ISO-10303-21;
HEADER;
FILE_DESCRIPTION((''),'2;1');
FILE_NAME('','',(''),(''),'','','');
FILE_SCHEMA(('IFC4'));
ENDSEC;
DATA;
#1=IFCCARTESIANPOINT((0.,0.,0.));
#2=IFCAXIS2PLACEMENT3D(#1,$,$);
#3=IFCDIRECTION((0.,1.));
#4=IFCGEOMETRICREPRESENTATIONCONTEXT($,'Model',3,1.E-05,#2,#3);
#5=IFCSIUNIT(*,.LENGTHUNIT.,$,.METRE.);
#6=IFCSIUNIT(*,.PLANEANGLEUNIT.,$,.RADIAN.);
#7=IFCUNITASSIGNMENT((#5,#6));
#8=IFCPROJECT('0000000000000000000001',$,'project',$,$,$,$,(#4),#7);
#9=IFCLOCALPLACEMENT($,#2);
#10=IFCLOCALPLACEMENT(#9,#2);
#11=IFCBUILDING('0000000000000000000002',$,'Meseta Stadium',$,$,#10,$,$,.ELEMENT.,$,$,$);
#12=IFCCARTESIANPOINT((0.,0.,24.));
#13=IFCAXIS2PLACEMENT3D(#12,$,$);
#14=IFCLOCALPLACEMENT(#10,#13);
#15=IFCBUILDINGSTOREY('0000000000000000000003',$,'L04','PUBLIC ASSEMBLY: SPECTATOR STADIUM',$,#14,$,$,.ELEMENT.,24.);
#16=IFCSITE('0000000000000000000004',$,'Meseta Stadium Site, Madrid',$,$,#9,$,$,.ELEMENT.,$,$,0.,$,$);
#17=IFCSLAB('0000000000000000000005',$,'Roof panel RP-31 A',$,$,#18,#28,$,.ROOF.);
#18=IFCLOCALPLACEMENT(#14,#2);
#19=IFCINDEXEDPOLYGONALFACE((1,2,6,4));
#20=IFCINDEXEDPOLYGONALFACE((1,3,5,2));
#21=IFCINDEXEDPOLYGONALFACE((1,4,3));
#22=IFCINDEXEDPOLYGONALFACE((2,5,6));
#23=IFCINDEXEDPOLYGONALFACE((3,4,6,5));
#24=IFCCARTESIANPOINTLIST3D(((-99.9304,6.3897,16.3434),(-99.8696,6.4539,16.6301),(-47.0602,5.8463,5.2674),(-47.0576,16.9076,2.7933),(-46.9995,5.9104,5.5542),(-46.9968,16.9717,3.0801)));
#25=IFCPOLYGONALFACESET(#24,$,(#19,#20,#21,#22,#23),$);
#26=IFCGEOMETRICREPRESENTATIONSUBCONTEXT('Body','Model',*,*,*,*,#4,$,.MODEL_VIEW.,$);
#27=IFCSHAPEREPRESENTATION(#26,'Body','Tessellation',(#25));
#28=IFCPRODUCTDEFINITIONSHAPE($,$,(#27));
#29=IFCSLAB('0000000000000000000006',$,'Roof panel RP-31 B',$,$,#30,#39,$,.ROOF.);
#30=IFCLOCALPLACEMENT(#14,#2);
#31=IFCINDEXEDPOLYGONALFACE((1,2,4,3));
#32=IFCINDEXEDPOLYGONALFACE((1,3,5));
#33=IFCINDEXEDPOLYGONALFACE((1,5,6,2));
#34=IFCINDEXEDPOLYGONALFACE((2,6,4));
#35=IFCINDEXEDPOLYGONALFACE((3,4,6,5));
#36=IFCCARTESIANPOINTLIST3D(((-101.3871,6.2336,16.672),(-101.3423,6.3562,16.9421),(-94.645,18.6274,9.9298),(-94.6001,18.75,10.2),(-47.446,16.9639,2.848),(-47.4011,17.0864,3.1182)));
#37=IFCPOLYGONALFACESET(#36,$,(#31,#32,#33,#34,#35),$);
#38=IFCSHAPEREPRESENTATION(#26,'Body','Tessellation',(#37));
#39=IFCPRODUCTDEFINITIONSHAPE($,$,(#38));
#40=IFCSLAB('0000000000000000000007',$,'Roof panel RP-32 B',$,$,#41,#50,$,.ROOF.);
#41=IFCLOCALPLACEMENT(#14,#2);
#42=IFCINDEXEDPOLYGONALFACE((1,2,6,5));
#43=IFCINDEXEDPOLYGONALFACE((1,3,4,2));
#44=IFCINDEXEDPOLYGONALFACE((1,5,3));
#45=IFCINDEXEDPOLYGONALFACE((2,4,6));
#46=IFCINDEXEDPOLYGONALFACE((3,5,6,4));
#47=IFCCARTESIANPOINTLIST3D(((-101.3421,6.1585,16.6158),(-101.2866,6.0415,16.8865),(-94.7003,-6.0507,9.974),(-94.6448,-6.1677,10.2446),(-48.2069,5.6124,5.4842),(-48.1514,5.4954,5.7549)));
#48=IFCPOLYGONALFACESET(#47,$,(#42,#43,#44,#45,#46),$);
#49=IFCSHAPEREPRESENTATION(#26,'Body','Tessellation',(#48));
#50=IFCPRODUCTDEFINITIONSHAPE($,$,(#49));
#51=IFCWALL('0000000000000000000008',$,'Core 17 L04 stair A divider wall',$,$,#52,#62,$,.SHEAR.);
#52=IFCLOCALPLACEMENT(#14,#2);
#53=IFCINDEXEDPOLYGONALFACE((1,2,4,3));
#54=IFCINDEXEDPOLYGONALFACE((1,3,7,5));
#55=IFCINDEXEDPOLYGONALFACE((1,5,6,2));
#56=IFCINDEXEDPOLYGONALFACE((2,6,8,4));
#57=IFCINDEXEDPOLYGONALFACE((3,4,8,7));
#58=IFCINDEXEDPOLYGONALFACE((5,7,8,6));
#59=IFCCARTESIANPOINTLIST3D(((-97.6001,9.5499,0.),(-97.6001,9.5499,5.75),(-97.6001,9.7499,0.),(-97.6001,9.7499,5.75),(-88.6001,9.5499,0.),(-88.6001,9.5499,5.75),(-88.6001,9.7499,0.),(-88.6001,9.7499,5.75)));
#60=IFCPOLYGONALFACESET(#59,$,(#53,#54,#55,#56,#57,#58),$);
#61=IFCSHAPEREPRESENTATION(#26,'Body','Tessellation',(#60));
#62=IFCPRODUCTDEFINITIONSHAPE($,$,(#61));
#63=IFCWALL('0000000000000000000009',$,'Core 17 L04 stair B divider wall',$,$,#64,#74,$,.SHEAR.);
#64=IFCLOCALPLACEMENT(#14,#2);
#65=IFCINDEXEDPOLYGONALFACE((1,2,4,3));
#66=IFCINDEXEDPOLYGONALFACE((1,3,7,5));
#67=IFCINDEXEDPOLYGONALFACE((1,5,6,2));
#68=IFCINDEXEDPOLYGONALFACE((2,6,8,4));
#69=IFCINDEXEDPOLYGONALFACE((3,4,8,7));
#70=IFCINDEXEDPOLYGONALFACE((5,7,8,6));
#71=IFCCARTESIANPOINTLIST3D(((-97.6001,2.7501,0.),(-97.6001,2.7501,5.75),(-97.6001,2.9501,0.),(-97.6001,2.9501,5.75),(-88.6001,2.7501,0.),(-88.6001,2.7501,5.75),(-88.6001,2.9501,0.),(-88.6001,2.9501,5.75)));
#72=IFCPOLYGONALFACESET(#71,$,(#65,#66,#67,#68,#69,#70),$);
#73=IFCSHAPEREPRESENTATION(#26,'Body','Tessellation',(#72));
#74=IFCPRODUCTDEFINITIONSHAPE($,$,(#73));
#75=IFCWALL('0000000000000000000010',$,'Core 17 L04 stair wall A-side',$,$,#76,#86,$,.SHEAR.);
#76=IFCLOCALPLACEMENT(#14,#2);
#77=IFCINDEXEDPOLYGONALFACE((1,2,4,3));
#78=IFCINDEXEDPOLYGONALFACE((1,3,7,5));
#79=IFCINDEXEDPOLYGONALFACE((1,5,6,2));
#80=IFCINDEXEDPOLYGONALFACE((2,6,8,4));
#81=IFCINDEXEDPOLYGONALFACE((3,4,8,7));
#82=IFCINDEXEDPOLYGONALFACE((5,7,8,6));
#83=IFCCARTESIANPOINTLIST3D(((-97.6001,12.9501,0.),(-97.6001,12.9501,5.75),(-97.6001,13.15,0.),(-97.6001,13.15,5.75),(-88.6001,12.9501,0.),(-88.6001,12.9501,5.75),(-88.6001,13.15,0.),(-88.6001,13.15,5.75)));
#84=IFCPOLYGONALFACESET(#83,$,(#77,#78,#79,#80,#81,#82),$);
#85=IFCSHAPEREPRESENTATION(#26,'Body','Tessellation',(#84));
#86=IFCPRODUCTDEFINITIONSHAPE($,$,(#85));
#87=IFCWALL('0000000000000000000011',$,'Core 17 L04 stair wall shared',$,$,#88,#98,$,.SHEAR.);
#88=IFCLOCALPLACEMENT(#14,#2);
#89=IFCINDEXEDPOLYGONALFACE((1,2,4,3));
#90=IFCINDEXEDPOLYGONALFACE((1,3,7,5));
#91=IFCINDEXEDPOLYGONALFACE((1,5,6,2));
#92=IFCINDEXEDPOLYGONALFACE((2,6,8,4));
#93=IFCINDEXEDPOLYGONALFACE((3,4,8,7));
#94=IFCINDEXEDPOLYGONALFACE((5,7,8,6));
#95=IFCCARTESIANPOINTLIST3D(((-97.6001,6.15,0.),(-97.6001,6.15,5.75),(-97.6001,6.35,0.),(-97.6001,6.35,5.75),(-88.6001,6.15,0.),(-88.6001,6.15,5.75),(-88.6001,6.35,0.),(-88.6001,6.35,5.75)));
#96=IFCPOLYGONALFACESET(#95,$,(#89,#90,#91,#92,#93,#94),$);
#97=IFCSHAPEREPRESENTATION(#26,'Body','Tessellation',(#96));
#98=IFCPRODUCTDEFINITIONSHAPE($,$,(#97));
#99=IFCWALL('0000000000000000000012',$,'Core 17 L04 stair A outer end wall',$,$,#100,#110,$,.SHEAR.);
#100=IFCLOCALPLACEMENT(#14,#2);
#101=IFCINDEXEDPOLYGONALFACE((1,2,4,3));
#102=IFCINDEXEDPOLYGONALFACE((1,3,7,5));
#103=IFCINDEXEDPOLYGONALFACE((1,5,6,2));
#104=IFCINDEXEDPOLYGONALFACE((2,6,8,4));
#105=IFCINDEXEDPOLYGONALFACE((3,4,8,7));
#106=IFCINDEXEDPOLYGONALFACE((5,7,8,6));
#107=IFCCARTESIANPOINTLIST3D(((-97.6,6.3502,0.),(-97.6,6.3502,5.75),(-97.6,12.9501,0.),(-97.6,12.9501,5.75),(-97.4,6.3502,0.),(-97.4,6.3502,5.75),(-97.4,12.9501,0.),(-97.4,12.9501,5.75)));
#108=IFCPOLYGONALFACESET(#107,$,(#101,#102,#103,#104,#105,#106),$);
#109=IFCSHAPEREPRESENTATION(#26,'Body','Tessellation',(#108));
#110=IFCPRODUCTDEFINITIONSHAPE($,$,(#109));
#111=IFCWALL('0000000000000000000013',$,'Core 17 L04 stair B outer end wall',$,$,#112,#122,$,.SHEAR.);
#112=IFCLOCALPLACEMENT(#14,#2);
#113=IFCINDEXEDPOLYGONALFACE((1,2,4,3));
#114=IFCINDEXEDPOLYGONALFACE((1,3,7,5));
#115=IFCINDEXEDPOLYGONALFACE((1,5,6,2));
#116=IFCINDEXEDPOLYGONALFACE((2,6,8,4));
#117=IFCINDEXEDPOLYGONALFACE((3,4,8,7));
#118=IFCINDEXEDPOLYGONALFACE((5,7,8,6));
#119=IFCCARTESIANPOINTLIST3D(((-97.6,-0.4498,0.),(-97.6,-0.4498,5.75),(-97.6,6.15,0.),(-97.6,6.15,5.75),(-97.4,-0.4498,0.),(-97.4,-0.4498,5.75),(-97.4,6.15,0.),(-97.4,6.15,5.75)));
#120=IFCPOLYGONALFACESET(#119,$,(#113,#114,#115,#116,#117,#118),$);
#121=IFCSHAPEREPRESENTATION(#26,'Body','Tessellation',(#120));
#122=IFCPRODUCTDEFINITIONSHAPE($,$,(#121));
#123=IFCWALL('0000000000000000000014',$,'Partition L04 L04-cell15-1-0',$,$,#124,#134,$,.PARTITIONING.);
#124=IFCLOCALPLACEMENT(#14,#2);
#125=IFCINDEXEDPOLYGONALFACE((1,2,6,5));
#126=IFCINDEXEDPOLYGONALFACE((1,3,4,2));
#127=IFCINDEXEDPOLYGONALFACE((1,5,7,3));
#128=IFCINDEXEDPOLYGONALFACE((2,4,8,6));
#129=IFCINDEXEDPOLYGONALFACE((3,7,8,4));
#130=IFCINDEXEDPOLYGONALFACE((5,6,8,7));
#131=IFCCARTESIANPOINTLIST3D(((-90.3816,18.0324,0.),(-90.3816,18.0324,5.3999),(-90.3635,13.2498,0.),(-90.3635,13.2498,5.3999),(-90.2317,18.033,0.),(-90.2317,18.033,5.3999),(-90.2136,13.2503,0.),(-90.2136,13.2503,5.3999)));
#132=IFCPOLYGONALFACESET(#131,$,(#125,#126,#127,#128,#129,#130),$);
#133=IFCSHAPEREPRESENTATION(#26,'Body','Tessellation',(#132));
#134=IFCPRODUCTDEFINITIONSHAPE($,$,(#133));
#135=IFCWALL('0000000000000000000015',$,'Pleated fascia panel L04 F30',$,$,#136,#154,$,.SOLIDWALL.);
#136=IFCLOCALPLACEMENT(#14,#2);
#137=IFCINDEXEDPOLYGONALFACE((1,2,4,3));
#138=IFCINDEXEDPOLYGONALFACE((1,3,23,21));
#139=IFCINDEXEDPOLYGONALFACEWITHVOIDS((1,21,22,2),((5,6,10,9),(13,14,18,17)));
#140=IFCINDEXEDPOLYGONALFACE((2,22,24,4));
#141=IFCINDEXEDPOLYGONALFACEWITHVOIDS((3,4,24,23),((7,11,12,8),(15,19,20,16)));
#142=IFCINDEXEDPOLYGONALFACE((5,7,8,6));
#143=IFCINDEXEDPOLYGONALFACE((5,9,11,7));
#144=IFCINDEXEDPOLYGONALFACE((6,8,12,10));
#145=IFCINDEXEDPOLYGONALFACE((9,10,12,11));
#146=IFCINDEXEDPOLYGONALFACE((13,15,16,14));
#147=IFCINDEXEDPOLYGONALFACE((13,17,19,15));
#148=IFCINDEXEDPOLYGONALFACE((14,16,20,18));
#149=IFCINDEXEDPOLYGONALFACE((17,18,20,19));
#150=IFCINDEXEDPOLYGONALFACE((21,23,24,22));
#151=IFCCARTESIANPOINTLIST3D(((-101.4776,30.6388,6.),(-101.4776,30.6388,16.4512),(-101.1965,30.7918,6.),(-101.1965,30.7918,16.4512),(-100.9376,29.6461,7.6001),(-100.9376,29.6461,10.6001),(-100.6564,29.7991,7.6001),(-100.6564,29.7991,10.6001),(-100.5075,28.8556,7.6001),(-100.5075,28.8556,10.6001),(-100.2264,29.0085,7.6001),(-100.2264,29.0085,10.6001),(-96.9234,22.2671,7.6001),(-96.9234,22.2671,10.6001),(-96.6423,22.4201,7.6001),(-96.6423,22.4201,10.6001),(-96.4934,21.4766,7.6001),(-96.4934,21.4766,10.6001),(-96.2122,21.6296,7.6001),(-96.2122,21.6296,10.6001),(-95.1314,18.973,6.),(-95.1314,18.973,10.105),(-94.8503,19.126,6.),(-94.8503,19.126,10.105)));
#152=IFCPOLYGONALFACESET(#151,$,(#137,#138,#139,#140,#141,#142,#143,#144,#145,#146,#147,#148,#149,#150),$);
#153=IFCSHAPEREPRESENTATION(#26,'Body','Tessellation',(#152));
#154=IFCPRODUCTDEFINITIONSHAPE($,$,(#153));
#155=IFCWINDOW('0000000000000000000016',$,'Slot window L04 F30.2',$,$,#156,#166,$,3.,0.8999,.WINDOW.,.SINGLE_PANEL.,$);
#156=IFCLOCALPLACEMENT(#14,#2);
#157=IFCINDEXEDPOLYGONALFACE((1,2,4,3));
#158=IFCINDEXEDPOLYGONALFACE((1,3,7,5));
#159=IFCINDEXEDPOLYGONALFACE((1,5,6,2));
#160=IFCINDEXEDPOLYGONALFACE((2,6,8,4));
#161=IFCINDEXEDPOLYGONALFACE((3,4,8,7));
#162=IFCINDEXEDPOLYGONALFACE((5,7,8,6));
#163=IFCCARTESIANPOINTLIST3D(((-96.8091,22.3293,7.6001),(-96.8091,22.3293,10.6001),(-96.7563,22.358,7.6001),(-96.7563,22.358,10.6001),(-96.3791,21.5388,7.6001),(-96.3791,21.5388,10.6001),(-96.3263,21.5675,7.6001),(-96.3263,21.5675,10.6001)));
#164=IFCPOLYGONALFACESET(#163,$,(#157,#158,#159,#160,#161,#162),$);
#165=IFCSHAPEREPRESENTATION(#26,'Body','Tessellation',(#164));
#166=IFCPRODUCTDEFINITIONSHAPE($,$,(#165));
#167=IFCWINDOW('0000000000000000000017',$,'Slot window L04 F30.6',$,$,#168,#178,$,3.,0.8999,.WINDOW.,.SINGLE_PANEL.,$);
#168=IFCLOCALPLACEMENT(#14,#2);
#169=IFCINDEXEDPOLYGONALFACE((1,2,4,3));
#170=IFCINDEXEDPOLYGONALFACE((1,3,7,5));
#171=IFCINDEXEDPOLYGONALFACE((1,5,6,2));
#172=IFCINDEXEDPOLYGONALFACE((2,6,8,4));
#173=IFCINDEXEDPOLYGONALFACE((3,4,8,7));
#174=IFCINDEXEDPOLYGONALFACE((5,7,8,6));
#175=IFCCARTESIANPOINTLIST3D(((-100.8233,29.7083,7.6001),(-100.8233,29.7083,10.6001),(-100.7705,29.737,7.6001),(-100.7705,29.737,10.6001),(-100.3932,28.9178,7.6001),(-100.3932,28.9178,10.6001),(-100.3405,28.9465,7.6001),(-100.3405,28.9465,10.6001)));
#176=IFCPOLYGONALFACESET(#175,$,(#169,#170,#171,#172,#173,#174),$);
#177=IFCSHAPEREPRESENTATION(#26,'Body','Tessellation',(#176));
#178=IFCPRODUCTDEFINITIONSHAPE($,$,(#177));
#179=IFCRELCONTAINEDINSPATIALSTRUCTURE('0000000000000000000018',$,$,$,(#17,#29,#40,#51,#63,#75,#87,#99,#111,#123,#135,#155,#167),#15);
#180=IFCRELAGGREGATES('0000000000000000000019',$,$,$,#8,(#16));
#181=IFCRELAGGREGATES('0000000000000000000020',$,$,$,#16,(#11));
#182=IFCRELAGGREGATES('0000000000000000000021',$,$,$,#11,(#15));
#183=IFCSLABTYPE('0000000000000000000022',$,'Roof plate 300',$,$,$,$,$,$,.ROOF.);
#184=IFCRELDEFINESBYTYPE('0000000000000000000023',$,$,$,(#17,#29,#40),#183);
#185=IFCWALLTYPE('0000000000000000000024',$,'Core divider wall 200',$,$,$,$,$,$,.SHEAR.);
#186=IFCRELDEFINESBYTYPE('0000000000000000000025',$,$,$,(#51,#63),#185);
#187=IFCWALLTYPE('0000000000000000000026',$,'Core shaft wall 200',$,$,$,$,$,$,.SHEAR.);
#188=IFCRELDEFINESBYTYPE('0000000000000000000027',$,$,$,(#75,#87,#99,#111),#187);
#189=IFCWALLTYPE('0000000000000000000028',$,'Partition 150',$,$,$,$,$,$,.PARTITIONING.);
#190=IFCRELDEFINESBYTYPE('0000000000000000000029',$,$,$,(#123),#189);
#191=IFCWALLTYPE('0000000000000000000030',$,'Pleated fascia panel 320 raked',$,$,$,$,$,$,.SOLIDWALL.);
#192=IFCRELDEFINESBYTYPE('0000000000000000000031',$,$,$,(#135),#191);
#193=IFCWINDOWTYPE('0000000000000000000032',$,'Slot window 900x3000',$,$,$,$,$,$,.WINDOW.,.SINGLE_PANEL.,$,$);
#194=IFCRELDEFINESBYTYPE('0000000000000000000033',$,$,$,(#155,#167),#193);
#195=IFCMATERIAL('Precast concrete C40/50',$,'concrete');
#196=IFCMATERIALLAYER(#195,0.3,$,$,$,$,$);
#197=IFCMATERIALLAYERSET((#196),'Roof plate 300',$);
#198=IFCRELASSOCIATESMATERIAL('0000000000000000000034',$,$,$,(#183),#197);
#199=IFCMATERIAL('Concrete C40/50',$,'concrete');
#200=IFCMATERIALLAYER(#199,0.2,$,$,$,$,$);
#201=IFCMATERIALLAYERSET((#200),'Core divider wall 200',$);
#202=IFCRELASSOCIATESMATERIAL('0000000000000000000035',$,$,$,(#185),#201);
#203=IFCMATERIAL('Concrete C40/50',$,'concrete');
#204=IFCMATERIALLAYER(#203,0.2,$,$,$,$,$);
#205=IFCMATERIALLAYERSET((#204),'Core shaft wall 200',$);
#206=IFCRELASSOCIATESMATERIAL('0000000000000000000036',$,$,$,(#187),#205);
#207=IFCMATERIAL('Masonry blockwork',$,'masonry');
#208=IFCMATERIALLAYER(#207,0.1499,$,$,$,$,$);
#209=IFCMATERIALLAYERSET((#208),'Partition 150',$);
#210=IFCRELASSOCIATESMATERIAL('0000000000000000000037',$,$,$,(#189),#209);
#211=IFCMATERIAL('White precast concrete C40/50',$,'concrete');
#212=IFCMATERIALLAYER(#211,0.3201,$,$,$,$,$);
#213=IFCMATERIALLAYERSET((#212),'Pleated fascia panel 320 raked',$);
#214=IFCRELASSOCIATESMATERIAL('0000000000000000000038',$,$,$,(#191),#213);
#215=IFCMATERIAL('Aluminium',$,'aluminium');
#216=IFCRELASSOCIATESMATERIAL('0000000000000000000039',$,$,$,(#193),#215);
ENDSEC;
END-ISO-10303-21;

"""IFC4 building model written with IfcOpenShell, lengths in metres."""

from ifc_helpers import new_model, si_unit, direction, frame, frame_2d, origin, place, context, subcontext, project, spatial, polyline, rectangle, outline, extrude, material, layer, layer_set, type_object, element, fill, save


model = new_model("IFC4")

# Units and contexts
model_context = context("Model", 3, precision=1e-05, world=origin(), true_north=direction((0.0, 1.0)))
body_context = subcontext(model_context, "Body", "Model", "MODEL_VIEW")
ifc_project = project(units=[si_unit("LENGTHUNIT", "METRE"), si_unit("PLANEANGLEUNIT", "RADIAN")], contexts=[model_context])

# Site, building, storey
site_placement = place(None, origin())
site = spatial("IfcSite", under=ifc_project, at=site_placement, Name="Meseta Stadium Site, Madrid", CompositionType="ELEMENT", RefElevation=0.0)
building_placement = place(site_placement, origin())
building = spatial("IfcBuilding", under=site, at=building_placement, Name="Meseta Stadium", CompositionType="ELEMENT")
storey_placement = place(building_placement, frame((0.0, 0.0, 24.0)))
storey = spatial("IfcBuildingStorey", under=building, at=storey_placement, Name="L04", Description="PUBLIC ASSEMBLY: SPECTATOR STADIUM", CompositionType="ELEMENT", Elevation=24.0)

# Slabs
ifc_material_1 = material(Name="Precast concrete C40/50", Category="concrete")
ifc_layer_1 = layer(ifc_material_1, 0.3)
ifc_layer_set_1 = layer_set([ifc_layer_1], Name="Roof plate 300")
slab_type = type_object("IfcSlabType", Name="Roof plate 300", PredefinedType="ROOF", material=ifc_layer_set_1)
slab_1_placement = place(storey_placement, frame((-99.8696, 6.4539, 16.6301), z_axis=(0.202409, 0.213715, 0.955697), x_axis=(0.951196, 0.189218, -0.243769)))
element("IfcSlab", 1, at=slab_1_placement, inside=storey, type_object=slab_type, Name="Roof panel RP-31 A", PredefinedType="ROOF", context=body_context, shape_type="SweptSolid", body=[
    extrude(outline(polyline([(0.0, 0.0), (55.5856, 0.0), (52.887, -11.0087), (0.0, 0.0)])), origin(), (0.0, 0.0, -1.0), 0.3),
])
slab_2_placement = place(storey_placement, frame((-94.6001, 18.75, 10.2), z_axis=(0.1495, 0.408504, 0.90043), x_axis=(0.98833, -0.034835, -0.14829)))
element("IfcSlab", 2, at=slab_2_placement, inside=storey, type_object=slab_type, Name="Roof panel RP-31 B", PredefinedType="ROOF", context=body_context, shape_type="SweptSolid", body=[
    extrude(outline(polyline([(0.0, 0.0), (47.7563, 0.0), (-7.2316, -13.8645), (0.0, 0.0)])), origin(), (0.0, 0.0, -1.0), 0.3),
])
slab_3_placement = place(storey_placement, frame((-101.2866, 6.0415, 16.8865), z_axis=(0.184958, -0.39008, 0.902014), x_axis=(0.978703, -0.010059, -0.205034)))
element("IfcSlab", 3, at=slab_3_placement, inside=storey, type_object=slab_type, Name="Roof panel RP-32 B", PredefinedType="ROOF", context=body_context, shape_type="SweptSolid", body=[
    extrude(outline(polyline([(0.0, 0.0), (54.2915, 0.0), (7.985, -13.1732), (0.0, 0.0)])), origin(), (0.0, 0.0, -1.0), 0.3),
])

# Walls
ifc_material_2 = material(Name="Concrete C40/50", Category="concrete")
ifc_layer_2 = layer(ifc_material_2, 0.2)
ifc_layer_set_2 = layer_set([ifc_layer_2], Name="Core divider wall 200")
wall_type_1 = type_object("IfcWallType", Name="Core divider wall 200", PredefinedType="SHEAR", material=ifc_layer_set_2)
for number, where, z_axis, x_axis, name in (
    (4, (-97.6001, 9.6499, 0.0), (0.0, 0.0, 1.0), (1.0, 0.0, 0.0), "Core 17 L04 stair A divider wall"),
    (5, (-97.6001, 2.8501, 0.0), (0.0, 0.0, 1.0), (1.0, 0.0, 0.0), "Core 17 L04 stair B divider wall"),
):
    element("IfcWall", number, at=place(storey_placement, frame(where, z_axis=z_axis, x_axis=x_axis)), inside=storey, type_object=wall_type_1, Name=name, PredefinedType="SHEAR", context=body_context, shape_type="SweptSolid", body=[
        extrude(rectangle(XDim=9.0, YDim=0.2, at=frame_2d((4.5, 0.0))), origin(), (0.0, 0.0, 1.0), 5.75),
    ])
ifc_material_3 = material(Name="Concrete C40/50", Category="concrete")
ifc_layer_3 = layer(ifc_material_3, 0.2)
ifc_layer_set_3 = layer_set([ifc_layer_3], Name="Core shaft wall 200")
wall_type_2 = type_object("IfcWallType", Name="Core shaft wall 200", PredefinedType="SHEAR", material=ifc_layer_set_3)
for number, where, z_axis, x_axis, name in (
    (6, (-97.6001, 13.05, 0.0), (0.0, 0.0, 1.0), (1.0, 0.0, 0.0), "Core 17 L04 stair wall A-side"),
    (7, (-97.6001, 6.25, 0.0), (0.0, 0.0, 1.0), (1.0, 0.0, 0.0), "Core 17 L04 stair wall shared"),
):
    element("IfcWall", number, at=place(storey_placement, frame(where, z_axis=z_axis, x_axis=x_axis)), inside=storey, type_object=wall_type_2, Name=name, PredefinedType="SHEAR", context=body_context, shape_type="SweptSolid", body=[
        extrude(rectangle(XDim=9.0, YDim=0.2, at=frame_2d((4.5, 0.0))), origin(), (0.0, 0.0, 1.0), 5.75),
    ])
for number, where, z_axis, x_axis, name in (
    (8, (-97.5, 12.95, 0.0), (0.0, 0.0, 1.0), (0.0, -1.0, 0.0), "Core 17 L04 stair A outer end wall"),
    (9, (-97.5, 6.1499, 0.0), (0.0, 0.0, 1.0), (0.0, -1.0, 0.0), "Core 17 L04 stair B outer end wall"),
):
    element("IfcWall", number, at=place(storey_placement, frame(where, z_axis=z_axis, x_axis=x_axis)), inside=storey, type_object=wall_type_2, Name=name, PredefinedType="SHEAR", context=body_context, shape_type="SweptSolid", body=[
        extrude(rectangle(XDim=6.5999, YDim=0.2, at=frame_2d((3.2998, 0.0))), origin(), (0.0, 0.0, 1.0), 5.75),
    ])
ifc_material_4 = material(Name="Masonry blockwork", Category="masonry")
ifc_layer_4 = layer(ifc_material_4, 0.1499)
ifc_layer_set_4 = layer_set([ifc_layer_4], Name="Partition 150")
wall_type_3 = type_object("IfcWallType", Name="Partition 150", PredefinedType="PARTITIONING", material=ifc_layer_set_4)
wall_1_placement = place(storey_placement, frame((-90.3066, 18.0327, 0.0), z_axis=(0.0, 0.0, 1.0), x_axis=(0.003777, -0.999993, 0.0)))
element("IfcWall", 10, at=wall_1_placement, inside=storey, type_object=wall_type_3, Name="Partition L04 L04-cell15-1-0", PredefinedType="PARTITIONING", context=body_context, shape_type="SweptSolid", body=[
    extrude(rectangle(XDim=4.7827, YDim=0.1499, at=frame_2d((2.3914, 0.0))), origin(), (0.0, 0.0, 1.0), 5.3999),
])

# Wall, openings, windows
ifc_material_5 = material(Name="White precast concrete C40/50", Category="concrete")
ifc_layer_5 = layer(ifc_material_5, 0.3201)
ifc_layer_set_5 = layer_set([ifc_layer_5], Name="Pleated fascia panel 320 raked")
wall_type_4 = type_object("IfcWallType", Name="Pleated fascia panel 320 raked", PredefinedType="SOLIDWALL", material=ifc_layer_set_5)
wall_2_placement = place(storey_placement, frame((-94.9907, 19.0496, 6.0), z_axis=(0.0, 0.0, 1.0), x_axis=(-0.477868, 0.878432, 0.0)))
wall_2 = element("IfcWall", 11, at=wall_2_placement, inside=storey, type_object=wall_type_4, Name="Pleated fascia panel L04 F30", PredefinedType="SOLIDWALL", context=body_context, shape_type="SweptSolid", body=[
    extrude(outline(polyline([(0.0, 0.0), (13.2803, 0.0), (13.2803, 10.4512), (0.0, 4.105), (0.0, 0.0)])), frame((0.0, 0.1602, 0.0), z_axis=(0.0, -1.0, 0.0), x_axis=(1.0, 0.0, 0.0)), (0.0, 0.0, 1.0), 0.3201),
])
opening_1_placement = place(wall_2_placement, frame((2.8501, 0.0, 1.6001)))
opening_1 = element("IfcOpeningElement", 12, at=opening_1_placement, cuts=wall_2, PredefinedType="OPENING", context=body_context, shape_type="SweptSolid", body=[
    extrude(rectangle(XDim=0.8999, YDim=3.0, at=frame_2d((0.45, 1.5))), frame((0.0, 0.1699, 0.0), z_axis=(0.0, -1.0, 0.0), x_axis=(1.0, 0.0, 0.0)), (0.0, 0.0, 1.0), 0.3401),
])
opening_2_placement = place(wall_2_placement, frame((11.2502, 0.0, 1.6001)))
opening_2 = element("IfcOpeningElement", 13, at=opening_2_placement, cuts=wall_2, PredefinedType="OPENING", context=body_context, shape_type="SweptSolid", body=[
    extrude(rectangle(XDim=0.8999, YDim=3.0, at=frame_2d((0.45, 1.5))), frame((0.0, 0.1699, 0.0), z_axis=(0.0, -1.0, 0.0), x_axis=(1.0, 0.0, 0.0)), (0.0, 0.0, 1.0), 0.3401),
])
ifc_material_6 = material(Name="Aluminium", Category="aluminium")
window_type = type_object("IfcWindowType", Name="Slot window 900x3000", PartitioningType="SINGLE_PANEL", PredefinedType="WINDOW", material=ifc_material_6)
window_1_placement = place(opening_1_placement, origin())
window_1 = element("IfcWindow", 14, at=window_1_placement, inside=storey, type_object=window_type, Name="Slot window L04 F30.2", OverallHeight=3.0, OverallWidth=0.8999, PartitioningType="SINGLE_PANEL", PredefinedType="WINDOW", context=body_context, shape_type="SweptSolid", body=[
    extrude(rectangle(XDim=0.8999, YDim=3.0, at=frame_2d((0.45, 1.5))), frame((0.0, 0.03, 0.0), z_axis=(0.0, -1.0, 0.0), x_axis=(1.0, 0.0, 0.0)), (0.0, 0.0, 1.0), 0.0601),
])
fill(opening_1, window_1)
window_2_placement = place(opening_2_placement, origin())
window_2 = element("IfcWindow", 15, at=window_2_placement, inside=storey, type_object=window_type, Name="Slot window L04 F30.6", OverallHeight=3.0, OverallWidth=0.8999, PartitioningType="SINGLE_PANEL", PredefinedType="WINDOW", context=body_context, shape_type="SweptSolid", body=[
    extrude(rectangle(XDim=0.8999, YDim=3.0, at=frame_2d((0.45, 1.5))), frame((0.0, 0.03, 0.0), z_axis=(0.0, -1.0, 0.0), x_axis=(1.0, 0.0, 0.0)), (0.0, 0.0, 1.0), 0.0601),
])
fill(opening_2, window_2)

save(model, "model.ifc")
